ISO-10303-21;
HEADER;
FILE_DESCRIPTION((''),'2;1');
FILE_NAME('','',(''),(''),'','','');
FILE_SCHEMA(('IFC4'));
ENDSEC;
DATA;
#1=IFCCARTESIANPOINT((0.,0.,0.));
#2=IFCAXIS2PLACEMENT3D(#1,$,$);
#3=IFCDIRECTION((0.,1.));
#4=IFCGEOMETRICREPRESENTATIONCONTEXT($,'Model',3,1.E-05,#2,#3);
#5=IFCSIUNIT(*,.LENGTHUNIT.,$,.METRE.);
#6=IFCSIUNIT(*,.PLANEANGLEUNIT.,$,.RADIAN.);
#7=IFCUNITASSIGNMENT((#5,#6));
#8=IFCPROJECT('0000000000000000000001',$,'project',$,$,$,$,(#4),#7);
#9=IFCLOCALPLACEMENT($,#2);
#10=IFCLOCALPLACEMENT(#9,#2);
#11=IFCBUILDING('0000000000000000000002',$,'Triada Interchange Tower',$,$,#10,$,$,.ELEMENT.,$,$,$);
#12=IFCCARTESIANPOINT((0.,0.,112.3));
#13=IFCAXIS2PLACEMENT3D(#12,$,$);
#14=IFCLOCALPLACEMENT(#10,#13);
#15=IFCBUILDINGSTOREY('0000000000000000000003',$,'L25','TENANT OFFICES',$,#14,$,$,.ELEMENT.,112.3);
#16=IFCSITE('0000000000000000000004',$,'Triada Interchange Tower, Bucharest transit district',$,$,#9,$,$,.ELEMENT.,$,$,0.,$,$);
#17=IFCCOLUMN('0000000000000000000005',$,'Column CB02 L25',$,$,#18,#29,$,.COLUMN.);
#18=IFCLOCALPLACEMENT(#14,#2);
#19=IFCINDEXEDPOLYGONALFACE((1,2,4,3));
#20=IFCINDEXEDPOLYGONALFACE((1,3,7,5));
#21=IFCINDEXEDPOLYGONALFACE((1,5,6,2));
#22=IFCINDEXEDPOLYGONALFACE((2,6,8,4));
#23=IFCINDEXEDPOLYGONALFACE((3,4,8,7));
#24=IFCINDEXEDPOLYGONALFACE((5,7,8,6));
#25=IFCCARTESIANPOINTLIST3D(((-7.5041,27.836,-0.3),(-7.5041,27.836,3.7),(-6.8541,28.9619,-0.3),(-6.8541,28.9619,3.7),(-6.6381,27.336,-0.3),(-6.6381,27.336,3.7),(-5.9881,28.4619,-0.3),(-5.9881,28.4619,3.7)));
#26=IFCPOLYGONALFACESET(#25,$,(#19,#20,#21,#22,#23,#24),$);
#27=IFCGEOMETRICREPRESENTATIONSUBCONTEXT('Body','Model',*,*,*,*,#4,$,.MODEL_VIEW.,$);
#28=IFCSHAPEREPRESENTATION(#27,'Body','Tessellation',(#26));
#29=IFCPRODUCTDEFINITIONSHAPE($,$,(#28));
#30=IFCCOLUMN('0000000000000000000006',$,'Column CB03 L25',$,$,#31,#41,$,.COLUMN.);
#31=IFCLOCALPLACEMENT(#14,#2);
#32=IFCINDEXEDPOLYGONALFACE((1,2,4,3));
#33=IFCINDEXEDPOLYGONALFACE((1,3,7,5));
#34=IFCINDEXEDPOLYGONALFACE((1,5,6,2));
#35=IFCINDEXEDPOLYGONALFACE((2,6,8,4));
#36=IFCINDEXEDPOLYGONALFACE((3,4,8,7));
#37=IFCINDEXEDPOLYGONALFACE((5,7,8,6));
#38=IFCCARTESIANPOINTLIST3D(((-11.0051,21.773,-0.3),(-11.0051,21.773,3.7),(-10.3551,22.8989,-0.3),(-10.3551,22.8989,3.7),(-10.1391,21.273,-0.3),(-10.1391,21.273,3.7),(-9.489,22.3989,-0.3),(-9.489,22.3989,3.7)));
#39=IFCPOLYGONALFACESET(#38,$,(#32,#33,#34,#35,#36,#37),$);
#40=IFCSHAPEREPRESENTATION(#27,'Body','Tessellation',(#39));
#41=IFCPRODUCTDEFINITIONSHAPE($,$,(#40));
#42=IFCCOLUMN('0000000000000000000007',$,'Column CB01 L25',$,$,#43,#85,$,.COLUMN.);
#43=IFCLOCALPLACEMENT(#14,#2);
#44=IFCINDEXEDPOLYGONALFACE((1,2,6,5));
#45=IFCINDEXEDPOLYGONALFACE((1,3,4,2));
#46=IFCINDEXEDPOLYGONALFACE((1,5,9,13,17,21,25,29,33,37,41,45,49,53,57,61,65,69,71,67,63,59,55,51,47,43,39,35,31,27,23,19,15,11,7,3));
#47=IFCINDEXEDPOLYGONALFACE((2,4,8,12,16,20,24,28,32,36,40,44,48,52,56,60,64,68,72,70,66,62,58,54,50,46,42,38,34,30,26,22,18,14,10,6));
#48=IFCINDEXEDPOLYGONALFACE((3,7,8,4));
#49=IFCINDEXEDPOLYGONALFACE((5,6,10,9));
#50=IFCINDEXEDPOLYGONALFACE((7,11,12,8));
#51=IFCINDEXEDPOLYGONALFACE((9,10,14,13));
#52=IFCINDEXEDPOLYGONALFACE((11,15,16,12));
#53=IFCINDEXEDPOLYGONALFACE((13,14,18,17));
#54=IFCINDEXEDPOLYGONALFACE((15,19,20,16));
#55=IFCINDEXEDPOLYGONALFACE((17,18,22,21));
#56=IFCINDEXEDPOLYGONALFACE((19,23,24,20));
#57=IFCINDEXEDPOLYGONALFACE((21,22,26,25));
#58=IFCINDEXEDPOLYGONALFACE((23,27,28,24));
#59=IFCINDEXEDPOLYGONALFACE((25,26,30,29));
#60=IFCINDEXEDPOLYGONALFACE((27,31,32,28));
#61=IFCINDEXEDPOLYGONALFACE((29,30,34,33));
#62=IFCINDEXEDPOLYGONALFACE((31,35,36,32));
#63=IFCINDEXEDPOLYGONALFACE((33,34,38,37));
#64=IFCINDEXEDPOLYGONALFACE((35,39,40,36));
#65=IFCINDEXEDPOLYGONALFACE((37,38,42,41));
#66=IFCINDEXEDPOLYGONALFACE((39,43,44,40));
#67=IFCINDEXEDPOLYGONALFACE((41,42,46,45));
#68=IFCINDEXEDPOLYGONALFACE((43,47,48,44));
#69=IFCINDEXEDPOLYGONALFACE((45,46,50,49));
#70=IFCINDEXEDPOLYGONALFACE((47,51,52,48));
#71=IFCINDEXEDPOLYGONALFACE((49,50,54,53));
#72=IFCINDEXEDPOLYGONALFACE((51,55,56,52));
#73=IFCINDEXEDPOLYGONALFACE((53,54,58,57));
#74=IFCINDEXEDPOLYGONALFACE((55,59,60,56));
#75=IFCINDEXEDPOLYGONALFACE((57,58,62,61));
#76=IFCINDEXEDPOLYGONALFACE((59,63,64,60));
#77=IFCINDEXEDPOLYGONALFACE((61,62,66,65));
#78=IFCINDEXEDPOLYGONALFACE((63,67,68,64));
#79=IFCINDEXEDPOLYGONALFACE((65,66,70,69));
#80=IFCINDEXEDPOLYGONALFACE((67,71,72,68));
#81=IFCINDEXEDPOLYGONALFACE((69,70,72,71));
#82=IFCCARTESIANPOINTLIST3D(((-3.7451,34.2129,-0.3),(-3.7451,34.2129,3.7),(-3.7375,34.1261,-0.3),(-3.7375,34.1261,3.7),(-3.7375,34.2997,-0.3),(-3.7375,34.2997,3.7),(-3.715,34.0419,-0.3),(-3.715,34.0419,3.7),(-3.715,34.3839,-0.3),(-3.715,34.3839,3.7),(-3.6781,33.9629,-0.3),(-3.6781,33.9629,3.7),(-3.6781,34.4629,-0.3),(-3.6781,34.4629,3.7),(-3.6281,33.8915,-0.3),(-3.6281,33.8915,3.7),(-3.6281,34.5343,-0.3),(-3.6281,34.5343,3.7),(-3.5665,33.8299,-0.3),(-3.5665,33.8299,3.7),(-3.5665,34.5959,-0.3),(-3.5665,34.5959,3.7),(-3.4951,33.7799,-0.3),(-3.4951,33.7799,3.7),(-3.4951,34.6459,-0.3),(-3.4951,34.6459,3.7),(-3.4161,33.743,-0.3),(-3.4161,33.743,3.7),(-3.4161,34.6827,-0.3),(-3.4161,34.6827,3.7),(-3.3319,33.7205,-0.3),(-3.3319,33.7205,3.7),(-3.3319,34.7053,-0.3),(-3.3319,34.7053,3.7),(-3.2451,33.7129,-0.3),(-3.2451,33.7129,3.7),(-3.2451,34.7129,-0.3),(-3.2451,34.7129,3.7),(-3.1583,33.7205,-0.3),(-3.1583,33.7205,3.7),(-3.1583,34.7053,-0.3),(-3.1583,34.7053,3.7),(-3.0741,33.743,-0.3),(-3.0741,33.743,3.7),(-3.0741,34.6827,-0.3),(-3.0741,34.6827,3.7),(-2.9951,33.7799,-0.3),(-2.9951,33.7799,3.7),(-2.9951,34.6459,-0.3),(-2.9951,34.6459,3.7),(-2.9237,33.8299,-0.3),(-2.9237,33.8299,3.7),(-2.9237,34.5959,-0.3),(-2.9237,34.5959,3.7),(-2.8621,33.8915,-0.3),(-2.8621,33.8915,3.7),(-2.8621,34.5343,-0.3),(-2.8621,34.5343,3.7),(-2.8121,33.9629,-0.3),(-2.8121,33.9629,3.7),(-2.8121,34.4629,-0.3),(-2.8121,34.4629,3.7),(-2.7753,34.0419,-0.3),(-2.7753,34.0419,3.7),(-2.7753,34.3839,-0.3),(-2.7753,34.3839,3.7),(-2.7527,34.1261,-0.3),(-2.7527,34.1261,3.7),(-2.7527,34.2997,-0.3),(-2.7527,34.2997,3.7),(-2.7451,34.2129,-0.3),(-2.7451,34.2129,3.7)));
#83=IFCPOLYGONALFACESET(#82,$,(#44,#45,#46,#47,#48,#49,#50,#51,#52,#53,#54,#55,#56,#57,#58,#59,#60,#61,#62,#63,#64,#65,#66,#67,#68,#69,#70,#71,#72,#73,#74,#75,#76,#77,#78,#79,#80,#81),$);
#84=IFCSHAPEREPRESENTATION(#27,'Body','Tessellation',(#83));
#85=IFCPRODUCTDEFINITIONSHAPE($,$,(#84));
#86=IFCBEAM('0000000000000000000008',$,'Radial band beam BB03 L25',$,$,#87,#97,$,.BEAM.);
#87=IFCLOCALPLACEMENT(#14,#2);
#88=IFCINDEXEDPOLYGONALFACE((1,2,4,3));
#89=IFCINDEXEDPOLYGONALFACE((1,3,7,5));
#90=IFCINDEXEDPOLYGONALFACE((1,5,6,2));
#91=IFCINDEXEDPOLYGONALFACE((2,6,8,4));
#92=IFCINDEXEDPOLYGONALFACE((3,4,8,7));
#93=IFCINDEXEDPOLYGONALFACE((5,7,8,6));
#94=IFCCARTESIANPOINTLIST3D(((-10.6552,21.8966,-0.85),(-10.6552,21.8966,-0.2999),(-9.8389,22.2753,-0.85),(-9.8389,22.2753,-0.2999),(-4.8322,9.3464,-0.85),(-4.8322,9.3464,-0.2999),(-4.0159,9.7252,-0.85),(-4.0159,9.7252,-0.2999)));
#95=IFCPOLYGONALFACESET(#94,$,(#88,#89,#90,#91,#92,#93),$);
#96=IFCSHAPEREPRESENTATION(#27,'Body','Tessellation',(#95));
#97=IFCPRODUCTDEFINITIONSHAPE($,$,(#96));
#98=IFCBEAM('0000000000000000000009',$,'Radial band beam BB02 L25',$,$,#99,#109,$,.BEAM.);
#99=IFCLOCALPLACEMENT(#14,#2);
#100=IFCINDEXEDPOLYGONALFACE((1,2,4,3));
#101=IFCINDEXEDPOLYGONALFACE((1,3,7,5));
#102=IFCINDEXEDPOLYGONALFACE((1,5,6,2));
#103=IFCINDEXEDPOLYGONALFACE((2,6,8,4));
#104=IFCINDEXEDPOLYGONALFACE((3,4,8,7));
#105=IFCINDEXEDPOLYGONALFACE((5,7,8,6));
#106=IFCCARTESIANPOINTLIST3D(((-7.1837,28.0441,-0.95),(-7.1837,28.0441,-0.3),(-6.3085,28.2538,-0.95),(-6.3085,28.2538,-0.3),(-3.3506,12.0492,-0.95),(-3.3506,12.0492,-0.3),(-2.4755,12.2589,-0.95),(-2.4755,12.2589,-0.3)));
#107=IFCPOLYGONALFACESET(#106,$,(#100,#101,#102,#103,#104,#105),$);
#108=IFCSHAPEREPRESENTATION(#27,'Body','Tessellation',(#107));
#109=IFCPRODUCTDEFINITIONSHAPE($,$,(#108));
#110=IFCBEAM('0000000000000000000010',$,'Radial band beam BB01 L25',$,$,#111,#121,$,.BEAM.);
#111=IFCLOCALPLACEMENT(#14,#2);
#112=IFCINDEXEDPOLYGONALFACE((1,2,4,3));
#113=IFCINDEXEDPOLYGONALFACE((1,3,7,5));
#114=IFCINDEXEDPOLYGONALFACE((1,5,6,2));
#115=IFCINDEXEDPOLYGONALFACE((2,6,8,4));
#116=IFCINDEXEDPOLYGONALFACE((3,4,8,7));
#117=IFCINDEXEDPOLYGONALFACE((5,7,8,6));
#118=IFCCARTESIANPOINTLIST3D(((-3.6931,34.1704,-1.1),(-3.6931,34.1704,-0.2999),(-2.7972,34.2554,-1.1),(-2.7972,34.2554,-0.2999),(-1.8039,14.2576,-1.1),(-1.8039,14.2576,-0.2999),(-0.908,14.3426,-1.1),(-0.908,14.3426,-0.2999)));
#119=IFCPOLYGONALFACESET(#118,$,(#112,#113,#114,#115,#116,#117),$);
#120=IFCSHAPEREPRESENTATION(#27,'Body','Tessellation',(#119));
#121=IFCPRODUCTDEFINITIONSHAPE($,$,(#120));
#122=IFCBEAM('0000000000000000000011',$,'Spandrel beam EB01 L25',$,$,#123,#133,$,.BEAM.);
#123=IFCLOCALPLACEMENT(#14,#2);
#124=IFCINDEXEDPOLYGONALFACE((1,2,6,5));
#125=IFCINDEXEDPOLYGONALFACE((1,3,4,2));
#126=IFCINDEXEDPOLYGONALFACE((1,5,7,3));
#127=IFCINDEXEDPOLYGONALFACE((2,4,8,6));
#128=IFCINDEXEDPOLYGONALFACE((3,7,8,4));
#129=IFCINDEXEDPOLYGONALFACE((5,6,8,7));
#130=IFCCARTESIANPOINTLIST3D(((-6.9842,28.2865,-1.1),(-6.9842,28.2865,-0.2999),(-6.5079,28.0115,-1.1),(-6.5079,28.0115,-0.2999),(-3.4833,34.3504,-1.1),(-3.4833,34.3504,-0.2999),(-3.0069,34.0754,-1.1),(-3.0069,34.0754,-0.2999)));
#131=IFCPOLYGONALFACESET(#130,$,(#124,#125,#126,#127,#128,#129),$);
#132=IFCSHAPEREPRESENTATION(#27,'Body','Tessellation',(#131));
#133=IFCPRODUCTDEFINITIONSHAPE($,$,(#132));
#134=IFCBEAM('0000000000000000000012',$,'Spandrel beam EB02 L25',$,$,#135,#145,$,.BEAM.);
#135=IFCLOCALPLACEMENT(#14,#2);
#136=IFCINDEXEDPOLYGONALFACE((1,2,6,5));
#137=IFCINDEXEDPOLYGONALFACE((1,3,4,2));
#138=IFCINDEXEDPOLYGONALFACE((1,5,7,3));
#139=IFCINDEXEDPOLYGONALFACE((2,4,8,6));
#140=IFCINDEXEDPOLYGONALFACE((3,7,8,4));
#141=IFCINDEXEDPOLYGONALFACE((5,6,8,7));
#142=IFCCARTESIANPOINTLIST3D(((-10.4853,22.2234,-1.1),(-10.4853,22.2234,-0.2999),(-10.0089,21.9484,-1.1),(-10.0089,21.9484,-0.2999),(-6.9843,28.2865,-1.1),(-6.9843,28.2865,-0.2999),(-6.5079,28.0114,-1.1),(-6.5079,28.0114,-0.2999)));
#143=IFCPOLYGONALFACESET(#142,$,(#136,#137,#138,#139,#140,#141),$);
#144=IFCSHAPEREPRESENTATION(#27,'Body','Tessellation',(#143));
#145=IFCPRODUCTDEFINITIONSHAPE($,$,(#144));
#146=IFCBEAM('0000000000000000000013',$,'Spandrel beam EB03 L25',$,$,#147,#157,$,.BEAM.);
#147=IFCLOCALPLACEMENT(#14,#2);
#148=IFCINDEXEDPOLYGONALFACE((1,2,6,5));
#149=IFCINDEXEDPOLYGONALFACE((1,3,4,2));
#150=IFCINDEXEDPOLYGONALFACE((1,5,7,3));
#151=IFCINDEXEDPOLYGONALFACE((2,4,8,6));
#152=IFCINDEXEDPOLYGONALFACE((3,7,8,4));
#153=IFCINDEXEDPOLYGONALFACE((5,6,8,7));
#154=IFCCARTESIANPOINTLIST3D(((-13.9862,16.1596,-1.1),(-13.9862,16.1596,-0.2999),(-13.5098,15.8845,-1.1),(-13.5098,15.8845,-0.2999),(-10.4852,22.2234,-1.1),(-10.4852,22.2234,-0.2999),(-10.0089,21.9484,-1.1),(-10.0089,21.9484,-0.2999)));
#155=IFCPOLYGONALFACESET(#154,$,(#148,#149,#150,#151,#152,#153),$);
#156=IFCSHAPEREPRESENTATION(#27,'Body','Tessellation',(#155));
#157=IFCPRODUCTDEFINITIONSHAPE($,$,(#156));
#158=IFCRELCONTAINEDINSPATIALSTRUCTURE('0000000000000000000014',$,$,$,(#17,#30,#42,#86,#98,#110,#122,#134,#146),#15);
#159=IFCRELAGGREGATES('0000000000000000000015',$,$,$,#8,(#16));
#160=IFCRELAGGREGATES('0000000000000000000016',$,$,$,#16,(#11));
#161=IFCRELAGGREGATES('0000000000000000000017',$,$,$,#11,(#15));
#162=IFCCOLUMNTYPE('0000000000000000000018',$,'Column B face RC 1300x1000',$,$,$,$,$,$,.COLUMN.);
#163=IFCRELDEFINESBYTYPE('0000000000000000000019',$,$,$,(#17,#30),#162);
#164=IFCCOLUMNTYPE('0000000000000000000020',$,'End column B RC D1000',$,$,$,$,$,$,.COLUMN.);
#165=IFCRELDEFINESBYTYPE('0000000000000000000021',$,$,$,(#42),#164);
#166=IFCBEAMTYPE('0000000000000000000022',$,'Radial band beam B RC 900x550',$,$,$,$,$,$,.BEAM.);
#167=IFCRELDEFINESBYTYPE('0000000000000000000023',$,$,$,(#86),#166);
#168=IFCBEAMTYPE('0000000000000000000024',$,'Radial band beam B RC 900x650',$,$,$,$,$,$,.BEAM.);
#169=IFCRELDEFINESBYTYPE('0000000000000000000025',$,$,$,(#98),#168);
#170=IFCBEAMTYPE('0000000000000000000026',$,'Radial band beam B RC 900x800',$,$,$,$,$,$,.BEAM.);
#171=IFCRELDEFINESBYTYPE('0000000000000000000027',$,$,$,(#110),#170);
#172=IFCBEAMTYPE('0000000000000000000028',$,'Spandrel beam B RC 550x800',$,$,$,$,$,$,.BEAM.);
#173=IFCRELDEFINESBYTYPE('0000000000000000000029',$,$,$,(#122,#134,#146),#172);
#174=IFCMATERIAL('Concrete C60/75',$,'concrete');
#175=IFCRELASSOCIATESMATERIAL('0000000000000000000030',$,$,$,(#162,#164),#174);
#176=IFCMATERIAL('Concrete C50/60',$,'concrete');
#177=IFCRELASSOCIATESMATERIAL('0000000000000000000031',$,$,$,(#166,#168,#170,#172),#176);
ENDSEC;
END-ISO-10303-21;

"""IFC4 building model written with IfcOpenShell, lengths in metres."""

from ifc_helpers import new_model, si_unit, direction, frame, origin, origin_2d, place, context, subcontext, project, spatial, rectangle, circle, extrude, material, material_profile, profile_set, type_object, element, save


model = new_model("IFC4")

# Units and contexts
model_context = context("Model", 3, precision=1e-05, world=origin(), true_north=direction((0.0, 1.0)))
body_context = subcontext(model_context, "Body", "Model", "MODEL_VIEW")
ifc_project = project(units=[si_unit("LENGTHUNIT", "METRE"), si_unit("PLANEANGLEUNIT", "RADIAN")], contexts=[model_context])

# Site, building, storey
site_placement = place(None, origin())
site = spatial("IfcSite", under=ifc_project, at=site_placement, Name="Triada Interchange Tower, Bucharest transit district", CompositionType="ELEMENT", RefElevation=0.0)
building_placement = place(site_placement, origin())
building = spatial("IfcBuilding", under=site, at=building_placement, Name="Triada Interchange Tower", CompositionType="ELEMENT")
storey_placement = place(building_placement, frame((0.0, 0.0, 112.3)))
storey = spatial("IfcBuildingStorey", under=building, at=storey_placement, Name="L25", Description="TENANT OFFICES", CompositionType="ELEMENT", Elevation=112.3)

# Columns
ifc_material_1 = material(Name="Concrete C60/75", Category="concrete")
ifc_material_profile_1 = material_profile(ifc_material_1, rectangle(XDim=1.3, YDim=1.0, at=origin_2d()), Name="RC 1300x1000")
ifc_profile_set_1 = profile_set([ifc_material_profile_1], Name="Concrete C60/75")
column_type_1 = type_object("IfcColumnType", Name="Column B face RC 1300x1000", PredefinedType="COLUMN", material=ifc_profile_set_1)
for number, where, z_axis, x_axis, name in (
    (1, (-6.7461, 28.1489, -0.3), (0.0, 0.0, 1.0), (0.5, 0.866025, 0.0), "Column CB02 L25"),
    (2, (-10.2471, 22.0859, -0.3), (0.0, 0.0, 1.0), (0.5, 0.866025, 0.0), "Column CB03 L25"),
):
    element("IfcColumn", number, at=place(storey_placement, frame(where, z_axis=z_axis, x_axis=x_axis)), inside=storey, type_object=column_type_1, Name=name, PredefinedType="COLUMN", context=body_context, shape_type="SweptSolid", body=[
        extrude(rectangle(XDim=1.3, YDim=1.0, at=origin_2d()), origin(), (0.0, 0.0, 1.0), 4.0),
    ])
ifc_material_profile_2 = material_profile(ifc_material_1, circle(Radius=0.5, at=origin_2d()), Name="RC D1000")
ifc_profile_set_2 = profile_set([ifc_material_profile_2], Name="Concrete C60/75")
column_type_2 = type_object("IfcColumnType", Name="End column B RC D1000", PredefinedType="COLUMN", material=ifc_profile_set_2)
column_placement = place(storey_placement, frame((-3.2451, 34.2129, -0.3), z_axis=(0.0, 0.0, 1.0), x_axis=(0.5, 0.866025, 0.0)))
element("IfcColumn", 3, at=column_placement, inside=storey, type_object=column_type_2, Name="Column CB01 L25", PredefinedType="COLUMN", context=body_context, shape_type="SweptSolid", body=[
    extrude(circle(Radius=0.5, at=origin_2d()), origin(), (0.0, 0.0, 1.0), 4.0),
])

# Beams
ifc_material_2 = material(Name="Concrete C50/60", Category="concrete")
ifc_material_profile_3 = material_profile(ifc_material_2, rectangle(XDim=0.8999, YDim=0.55, at=origin_2d()), Name="RC 900x550")
ifc_profile_set_3 = profile_set([ifc_material_profile_3], Name="Concrete C50/60")
beam_type_1 = type_object("IfcBeamType", Name="Radial band beam B RC 900x550", PredefinedType="BEAM", material=ifc_profile_set_3)
beam_1_placement = place(storey_placement, frame((-10.2471, 22.0859, -0.575), z_axis=(0.420885, -0.907114, 0.0), x_axis=(0.907114, 0.420885, 0.0)))
element("IfcBeam", 4, at=beam_1_placement, inside=storey, type_object=beam_type_1, Name="Radial band beam BB03 L25", PredefinedType="BEAM", context=body_context, shape_type="SweptSolid", body=[
    extrude(rectangle(XDim=0.8999, YDim=0.55, at=origin_2d()), origin(), (0.0, 0.0, 1.0), 13.8352),
])
ifc_material_profile_4 = material_profile(ifc_material_2, rectangle(XDim=0.8999, YDim=0.6499, at=origin_2d()), Name="RC 900x650")
ifc_profile_set_4 = profile_set([ifc_material_profile_4], Name="Concrete C50/60")
beam_type_2 = type_object("IfcBeamType", Name="Radial band beam B RC 900x650", PredefinedType="BEAM", material=ifc_profile_set_4)
beam_2_placement = place(storey_placement, frame((-6.7461, 28.1489, -0.625), z_axis=(0.233042, -0.972467, 0.0), x_axis=(0.972467, 0.233042, 0.0)))
element("IfcBeam", 5, at=beam_2_placement, inside=storey, type_object=beam_type_2, Name="Radial band beam BB02 L25", PredefinedType="BEAM", context=body_context, shape_type="SweptSolid", body=[
    extrude(rectangle(XDim=0.8999, YDim=0.6499, at=origin_2d()), origin(), (0.0, 0.0, 1.0), 16.4478),
])
ifc_material_profile_5 = material_profile(ifc_material_2, rectangle(XDim=0.8999, YDim=0.8, at=origin_2d()), Name="RC 900x800")
ifc_profile_set_5 = profile_set([ifc_material_profile_5], Name="Concrete C50/60")
beam_type_3 = type_object("IfcBeamType", Name="Radial band beam B RC 900x800", PredefinedType="BEAM", material=ifc_profile_set_5)
beam_3_placement = place(storey_placement, frame((-3.2451, 34.2129, -0.7), z_axis=(0.094447, -0.99553, 0.0), x_axis=(0.99553, 0.094447, 0.0)))
element("IfcBeam", 6, at=beam_3_placement, inside=storey, type_object=beam_type_3, Name="Radial band beam BB01 L25", PredefinedType="BEAM", context=body_context, shape_type="SweptSolid", body=[
    extrude(rectangle(XDim=0.8999, YDim=0.8, at=origin_2d()), origin(), (0.0, 0.0, 1.0), 20.0022),
])
ifc_material_profile_6 = material_profile(ifc_material_2, rectangle(XDim=0.55, YDim=0.8, at=origin_2d()), Name="RC 550x800")
ifc_profile_set_6 = profile_set([ifc_material_profile_6], Name="Concrete C50/60")
beam_type_4 = type_object("IfcBeamType", Name="Spandrel beam B RC 550x800", PredefinedType="BEAM", material=ifc_profile_set_6)
beam_4_placement = place(storey_placement, frame((-3.2451, 34.2129, -0.7), z_axis=(-0.499994, -0.866029, 0.0), x_axis=(0.866029, -0.499994, 0.0)))
element("IfcBeam", 7, at=beam_4_placement, inside=storey, type_object=beam_type_4, Name="Spandrel beam EB01 L25", PredefinedType="BEAM", context=body_context, shape_type="SweptSolid", body=[
    extrude(rectangle(XDim=0.55, YDim=0.8, at=origin_2d()), origin(), (0.0, 0.0, 1.0), 7.002),
])
beam_5_placement = place(storey_placement, frame((-6.7461, 28.1489, -0.7), z_axis=(-0.500054, -0.865994, 0.0), x_axis=(0.865994, -0.500054, 0.0)))
element("IfcBeam", 8, at=beam_5_placement, inside=storey, type_object=beam_type_4, Name="Spandrel beam EB02 L25", PredefinedType="BEAM", context=body_context, shape_type="SweptSolid", body=[
    extrude(rectangle(XDim=0.55, YDim=0.8, at=origin_2d()), origin(), (0.0, 0.0, 1.0), 7.0012),
])
beam_6_placement = place(storey_placement, frame((-10.2471, 22.0859, -0.7), z_axis=(-0.499994, -0.866029, 0.0), x_axis=(0.866029, -0.499994, 0.0)))
element("IfcBeam", 9, at=beam_6_placement, inside=storey, type_object=beam_type_4, Name="Spandrel beam EB03 L25", PredefinedType="BEAM", context=body_context, shape_type="SweptSolid", body=[
    extrude(rectangle(XDim=0.55, YDim=0.8, at=origin_2d()), origin(), (0.0, 0.0, 1.0), 7.002),
])

save(model, "model.ifc")
